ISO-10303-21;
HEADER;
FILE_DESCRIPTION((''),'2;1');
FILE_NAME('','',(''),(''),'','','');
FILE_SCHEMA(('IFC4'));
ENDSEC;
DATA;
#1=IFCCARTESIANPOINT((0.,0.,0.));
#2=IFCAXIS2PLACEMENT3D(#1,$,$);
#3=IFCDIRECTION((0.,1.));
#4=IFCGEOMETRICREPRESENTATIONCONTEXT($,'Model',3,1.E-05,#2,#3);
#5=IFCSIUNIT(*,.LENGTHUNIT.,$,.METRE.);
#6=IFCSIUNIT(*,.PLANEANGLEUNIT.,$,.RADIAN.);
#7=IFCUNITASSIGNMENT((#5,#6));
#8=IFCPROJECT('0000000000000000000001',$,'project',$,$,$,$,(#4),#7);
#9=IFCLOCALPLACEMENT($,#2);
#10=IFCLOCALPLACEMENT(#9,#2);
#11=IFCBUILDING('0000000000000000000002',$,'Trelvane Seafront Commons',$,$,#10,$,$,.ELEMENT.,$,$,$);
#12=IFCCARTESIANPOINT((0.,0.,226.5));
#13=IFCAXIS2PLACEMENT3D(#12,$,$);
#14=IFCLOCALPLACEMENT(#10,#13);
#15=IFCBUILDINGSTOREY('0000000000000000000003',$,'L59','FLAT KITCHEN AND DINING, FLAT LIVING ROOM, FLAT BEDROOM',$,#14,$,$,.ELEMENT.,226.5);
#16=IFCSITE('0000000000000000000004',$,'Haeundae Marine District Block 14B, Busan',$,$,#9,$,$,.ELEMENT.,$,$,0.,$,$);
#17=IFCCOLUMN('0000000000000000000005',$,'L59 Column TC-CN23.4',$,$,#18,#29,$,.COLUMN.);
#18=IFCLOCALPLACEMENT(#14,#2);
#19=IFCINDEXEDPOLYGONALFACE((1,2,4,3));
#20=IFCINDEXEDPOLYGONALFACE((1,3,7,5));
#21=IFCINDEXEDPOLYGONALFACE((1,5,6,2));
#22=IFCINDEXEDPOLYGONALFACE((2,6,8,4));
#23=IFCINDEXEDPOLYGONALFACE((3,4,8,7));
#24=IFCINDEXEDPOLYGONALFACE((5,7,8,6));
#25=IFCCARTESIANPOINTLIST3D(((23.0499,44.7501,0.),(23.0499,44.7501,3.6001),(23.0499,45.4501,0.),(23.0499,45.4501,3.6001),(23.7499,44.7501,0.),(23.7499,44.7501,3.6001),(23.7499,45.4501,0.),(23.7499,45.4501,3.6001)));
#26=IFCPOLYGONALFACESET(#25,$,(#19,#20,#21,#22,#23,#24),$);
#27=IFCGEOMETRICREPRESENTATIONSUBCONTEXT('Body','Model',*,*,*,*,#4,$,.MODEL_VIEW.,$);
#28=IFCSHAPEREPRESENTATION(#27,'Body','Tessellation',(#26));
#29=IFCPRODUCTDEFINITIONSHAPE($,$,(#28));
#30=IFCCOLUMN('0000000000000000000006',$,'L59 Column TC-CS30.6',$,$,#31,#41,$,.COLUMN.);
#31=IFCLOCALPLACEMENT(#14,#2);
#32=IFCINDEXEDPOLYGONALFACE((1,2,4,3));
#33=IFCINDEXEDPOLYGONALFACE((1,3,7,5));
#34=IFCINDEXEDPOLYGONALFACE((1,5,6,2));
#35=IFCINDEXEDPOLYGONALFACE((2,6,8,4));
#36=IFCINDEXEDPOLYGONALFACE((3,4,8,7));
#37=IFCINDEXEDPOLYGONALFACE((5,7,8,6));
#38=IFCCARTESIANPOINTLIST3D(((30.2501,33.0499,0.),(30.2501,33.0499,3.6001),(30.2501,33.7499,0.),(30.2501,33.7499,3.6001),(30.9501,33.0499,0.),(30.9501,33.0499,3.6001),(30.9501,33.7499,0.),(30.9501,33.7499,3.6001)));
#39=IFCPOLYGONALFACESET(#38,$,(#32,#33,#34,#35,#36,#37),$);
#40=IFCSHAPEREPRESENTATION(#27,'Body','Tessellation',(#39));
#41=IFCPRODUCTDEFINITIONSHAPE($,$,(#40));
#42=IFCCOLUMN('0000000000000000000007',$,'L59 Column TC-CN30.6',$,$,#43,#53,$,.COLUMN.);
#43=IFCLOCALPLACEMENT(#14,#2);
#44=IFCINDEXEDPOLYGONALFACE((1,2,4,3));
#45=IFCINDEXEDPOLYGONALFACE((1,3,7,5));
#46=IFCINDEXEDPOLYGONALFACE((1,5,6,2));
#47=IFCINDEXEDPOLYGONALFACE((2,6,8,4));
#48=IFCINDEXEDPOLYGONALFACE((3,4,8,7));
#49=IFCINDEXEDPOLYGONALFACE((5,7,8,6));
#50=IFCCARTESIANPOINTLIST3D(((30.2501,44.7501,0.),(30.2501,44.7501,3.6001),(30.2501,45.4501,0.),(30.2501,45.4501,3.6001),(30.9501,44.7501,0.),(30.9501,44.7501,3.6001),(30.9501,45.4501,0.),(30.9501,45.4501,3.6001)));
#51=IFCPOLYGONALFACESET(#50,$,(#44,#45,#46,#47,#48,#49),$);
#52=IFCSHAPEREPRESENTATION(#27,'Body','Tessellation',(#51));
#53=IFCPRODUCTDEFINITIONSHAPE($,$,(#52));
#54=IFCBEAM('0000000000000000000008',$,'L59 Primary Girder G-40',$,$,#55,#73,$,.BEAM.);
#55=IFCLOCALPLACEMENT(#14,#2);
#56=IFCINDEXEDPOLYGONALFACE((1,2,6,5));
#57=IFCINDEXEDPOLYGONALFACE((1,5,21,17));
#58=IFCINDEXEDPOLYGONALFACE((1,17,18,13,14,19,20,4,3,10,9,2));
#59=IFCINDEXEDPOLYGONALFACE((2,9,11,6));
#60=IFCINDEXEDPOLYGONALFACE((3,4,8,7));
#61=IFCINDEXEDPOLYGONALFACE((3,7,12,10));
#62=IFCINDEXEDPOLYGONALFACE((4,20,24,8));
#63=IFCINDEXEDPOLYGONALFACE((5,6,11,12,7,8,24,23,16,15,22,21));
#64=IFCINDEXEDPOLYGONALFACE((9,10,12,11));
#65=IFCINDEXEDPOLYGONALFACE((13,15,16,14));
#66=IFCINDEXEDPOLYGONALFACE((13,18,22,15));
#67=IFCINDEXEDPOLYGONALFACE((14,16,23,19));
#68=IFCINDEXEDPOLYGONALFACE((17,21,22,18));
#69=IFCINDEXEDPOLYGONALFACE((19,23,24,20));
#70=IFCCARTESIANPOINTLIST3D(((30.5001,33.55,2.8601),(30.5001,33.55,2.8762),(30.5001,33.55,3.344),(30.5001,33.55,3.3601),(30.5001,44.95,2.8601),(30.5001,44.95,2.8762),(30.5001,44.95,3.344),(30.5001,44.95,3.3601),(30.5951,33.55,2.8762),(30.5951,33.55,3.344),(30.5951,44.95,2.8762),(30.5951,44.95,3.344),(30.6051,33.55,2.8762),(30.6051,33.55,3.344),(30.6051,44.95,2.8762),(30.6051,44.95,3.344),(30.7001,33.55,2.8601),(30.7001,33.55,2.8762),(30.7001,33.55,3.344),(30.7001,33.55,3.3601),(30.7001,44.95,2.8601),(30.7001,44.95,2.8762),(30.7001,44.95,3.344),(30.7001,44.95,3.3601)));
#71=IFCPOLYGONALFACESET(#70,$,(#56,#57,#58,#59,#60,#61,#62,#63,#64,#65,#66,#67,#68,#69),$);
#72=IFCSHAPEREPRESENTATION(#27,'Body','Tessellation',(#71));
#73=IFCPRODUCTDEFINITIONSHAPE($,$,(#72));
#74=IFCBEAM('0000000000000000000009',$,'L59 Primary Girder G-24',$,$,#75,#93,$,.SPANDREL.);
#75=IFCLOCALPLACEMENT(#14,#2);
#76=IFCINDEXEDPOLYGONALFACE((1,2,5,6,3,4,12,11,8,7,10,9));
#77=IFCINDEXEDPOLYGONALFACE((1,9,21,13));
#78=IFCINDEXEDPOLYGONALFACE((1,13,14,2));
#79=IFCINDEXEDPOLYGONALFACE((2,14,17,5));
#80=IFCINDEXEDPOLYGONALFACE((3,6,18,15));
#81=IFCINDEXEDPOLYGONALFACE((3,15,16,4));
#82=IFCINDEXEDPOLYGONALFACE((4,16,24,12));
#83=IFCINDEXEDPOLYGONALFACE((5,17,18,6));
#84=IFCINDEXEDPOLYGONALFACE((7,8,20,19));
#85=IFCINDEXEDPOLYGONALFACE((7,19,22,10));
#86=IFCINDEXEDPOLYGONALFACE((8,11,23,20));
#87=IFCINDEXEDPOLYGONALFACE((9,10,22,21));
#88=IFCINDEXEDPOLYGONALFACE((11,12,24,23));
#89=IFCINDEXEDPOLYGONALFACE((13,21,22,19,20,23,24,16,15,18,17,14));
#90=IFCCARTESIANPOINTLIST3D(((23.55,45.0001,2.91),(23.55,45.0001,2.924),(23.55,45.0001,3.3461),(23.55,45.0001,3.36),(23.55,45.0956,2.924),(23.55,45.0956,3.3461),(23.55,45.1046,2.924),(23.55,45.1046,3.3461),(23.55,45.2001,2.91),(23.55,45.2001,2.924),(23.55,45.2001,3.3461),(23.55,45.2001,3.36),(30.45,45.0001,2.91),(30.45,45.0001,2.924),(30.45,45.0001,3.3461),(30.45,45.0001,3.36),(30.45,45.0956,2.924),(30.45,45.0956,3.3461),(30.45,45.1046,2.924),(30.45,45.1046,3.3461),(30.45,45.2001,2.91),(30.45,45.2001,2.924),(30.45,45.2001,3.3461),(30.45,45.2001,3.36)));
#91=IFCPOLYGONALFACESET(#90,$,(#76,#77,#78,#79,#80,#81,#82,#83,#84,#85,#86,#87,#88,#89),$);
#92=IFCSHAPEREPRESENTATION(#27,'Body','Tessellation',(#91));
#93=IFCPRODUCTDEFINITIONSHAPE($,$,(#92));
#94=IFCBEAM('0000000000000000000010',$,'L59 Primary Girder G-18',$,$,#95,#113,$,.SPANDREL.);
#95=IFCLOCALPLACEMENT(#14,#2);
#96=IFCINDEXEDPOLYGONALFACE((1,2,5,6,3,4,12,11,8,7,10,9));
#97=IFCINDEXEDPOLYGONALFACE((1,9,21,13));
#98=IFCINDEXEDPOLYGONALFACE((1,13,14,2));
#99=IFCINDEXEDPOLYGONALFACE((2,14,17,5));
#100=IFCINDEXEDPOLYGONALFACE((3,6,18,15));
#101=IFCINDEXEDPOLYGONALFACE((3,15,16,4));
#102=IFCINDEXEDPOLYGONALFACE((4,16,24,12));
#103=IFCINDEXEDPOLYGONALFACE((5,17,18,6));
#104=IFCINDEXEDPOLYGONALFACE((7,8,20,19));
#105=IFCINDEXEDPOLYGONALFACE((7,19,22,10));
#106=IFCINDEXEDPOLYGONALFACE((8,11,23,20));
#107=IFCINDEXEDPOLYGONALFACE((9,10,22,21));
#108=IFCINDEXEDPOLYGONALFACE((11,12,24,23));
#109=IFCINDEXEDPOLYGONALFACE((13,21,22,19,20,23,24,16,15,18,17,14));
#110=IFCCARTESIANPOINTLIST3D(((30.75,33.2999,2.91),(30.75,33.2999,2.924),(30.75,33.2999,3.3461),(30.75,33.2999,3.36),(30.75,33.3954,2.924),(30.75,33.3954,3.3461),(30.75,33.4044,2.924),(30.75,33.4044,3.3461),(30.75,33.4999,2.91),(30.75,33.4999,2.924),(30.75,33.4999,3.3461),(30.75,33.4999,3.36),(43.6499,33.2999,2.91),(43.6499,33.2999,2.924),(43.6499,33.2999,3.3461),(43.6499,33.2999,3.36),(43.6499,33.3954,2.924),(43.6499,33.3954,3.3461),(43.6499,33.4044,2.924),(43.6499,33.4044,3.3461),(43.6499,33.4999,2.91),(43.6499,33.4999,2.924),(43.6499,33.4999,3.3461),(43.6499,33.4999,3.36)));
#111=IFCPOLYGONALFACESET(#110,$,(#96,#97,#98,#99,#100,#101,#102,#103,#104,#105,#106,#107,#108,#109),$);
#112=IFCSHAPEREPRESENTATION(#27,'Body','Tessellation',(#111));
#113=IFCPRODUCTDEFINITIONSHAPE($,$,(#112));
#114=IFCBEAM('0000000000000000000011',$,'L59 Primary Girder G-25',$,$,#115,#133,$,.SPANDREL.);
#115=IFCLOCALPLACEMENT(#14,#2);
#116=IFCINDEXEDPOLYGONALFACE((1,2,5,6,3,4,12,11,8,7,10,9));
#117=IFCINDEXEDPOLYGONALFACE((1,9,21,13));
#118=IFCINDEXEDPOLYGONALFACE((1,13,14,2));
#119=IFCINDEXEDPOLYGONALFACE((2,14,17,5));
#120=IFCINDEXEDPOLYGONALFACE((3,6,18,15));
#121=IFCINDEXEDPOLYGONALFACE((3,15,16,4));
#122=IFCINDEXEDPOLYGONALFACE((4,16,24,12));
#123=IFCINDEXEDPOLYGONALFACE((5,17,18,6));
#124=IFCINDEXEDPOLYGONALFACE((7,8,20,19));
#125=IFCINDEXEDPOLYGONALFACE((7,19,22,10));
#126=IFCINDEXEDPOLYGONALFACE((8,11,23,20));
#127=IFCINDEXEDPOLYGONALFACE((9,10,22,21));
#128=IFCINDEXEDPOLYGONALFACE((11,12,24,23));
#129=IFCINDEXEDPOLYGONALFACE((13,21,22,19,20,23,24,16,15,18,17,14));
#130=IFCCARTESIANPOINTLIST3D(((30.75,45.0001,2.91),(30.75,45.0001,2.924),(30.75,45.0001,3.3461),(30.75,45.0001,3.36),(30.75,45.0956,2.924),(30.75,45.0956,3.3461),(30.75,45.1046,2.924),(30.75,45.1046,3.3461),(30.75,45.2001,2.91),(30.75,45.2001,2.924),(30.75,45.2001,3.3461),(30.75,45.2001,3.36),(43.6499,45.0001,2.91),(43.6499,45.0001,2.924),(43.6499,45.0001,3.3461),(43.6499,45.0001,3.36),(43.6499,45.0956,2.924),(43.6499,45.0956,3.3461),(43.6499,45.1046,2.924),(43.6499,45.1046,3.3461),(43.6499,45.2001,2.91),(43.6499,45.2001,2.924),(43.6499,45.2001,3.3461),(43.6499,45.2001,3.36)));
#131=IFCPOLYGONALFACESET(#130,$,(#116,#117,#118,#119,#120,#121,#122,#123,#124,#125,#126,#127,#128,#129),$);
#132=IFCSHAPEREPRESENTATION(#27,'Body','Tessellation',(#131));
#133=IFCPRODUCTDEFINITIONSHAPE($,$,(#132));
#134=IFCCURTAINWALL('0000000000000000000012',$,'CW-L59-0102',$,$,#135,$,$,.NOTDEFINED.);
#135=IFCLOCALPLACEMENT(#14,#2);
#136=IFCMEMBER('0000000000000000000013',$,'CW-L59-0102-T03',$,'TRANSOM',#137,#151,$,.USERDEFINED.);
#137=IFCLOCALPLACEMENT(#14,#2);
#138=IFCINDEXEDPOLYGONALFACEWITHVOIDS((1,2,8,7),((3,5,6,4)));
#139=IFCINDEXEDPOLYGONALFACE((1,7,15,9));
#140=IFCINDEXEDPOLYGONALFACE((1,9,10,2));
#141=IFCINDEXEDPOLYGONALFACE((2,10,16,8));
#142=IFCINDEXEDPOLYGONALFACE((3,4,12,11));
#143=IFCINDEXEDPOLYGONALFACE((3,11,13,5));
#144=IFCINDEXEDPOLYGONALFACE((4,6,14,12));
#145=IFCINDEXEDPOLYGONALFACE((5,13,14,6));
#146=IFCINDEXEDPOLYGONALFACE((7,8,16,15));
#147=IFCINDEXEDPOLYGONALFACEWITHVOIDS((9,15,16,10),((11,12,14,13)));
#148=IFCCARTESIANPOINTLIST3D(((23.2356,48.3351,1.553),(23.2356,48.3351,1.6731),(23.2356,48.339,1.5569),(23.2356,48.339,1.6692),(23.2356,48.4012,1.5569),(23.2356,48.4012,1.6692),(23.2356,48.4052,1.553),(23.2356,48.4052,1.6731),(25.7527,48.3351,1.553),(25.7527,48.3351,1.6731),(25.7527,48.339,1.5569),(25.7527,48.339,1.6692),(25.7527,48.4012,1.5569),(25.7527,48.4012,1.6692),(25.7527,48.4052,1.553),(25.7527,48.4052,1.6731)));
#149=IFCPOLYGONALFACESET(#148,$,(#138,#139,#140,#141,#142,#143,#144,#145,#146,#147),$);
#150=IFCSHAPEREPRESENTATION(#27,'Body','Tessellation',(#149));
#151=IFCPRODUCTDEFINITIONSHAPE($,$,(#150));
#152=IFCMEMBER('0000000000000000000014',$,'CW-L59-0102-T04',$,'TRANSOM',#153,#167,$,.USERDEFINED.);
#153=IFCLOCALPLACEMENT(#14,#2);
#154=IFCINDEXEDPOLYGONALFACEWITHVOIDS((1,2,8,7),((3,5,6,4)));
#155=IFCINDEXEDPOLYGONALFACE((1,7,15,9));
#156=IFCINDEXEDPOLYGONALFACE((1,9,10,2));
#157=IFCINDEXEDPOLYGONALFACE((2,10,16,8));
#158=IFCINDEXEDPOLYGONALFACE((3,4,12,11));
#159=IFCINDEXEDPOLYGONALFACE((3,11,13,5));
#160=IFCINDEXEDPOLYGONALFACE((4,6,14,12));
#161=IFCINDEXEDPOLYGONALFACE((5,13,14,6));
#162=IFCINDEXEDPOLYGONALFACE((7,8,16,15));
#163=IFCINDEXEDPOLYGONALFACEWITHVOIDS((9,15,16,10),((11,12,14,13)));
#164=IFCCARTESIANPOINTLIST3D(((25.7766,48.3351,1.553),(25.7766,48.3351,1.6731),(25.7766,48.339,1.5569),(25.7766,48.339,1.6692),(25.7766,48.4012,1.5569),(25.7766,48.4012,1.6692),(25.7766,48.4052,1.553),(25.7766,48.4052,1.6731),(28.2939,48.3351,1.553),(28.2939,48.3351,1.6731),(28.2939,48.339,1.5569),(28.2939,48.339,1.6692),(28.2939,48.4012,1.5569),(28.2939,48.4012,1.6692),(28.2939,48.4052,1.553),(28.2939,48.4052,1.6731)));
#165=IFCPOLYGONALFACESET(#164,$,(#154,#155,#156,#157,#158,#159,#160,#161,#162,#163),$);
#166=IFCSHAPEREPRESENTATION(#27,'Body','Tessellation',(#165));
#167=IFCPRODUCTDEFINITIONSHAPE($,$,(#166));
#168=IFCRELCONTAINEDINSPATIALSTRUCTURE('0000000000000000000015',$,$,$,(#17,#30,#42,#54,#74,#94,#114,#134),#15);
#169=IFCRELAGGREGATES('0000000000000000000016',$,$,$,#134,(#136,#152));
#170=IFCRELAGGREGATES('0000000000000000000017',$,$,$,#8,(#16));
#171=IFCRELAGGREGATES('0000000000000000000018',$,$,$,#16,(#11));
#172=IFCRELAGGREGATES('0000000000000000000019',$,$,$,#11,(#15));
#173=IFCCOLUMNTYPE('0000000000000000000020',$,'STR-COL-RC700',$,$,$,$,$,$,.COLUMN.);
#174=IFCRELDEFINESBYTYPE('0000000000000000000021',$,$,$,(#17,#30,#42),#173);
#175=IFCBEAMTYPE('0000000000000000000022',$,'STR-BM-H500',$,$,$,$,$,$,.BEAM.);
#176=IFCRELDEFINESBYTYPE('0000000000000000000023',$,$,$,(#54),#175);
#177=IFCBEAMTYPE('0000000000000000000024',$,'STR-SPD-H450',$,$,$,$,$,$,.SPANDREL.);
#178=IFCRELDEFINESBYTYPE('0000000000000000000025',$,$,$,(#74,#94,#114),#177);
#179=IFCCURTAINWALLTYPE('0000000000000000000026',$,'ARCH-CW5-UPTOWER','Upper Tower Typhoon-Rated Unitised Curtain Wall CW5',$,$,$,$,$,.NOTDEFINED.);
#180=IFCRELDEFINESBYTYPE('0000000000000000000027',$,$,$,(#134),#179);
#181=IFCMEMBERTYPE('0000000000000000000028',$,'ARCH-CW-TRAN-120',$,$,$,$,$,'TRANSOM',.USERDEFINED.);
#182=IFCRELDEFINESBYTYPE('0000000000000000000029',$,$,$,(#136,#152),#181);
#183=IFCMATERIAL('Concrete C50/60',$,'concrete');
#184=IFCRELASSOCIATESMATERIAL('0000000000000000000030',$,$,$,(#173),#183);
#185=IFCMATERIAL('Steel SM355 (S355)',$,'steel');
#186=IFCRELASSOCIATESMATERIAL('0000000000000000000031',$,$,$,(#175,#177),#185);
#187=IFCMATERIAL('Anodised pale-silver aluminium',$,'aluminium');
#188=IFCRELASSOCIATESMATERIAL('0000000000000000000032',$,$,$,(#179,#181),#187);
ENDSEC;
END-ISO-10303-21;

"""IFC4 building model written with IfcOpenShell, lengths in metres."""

from ifc_helpers import new_model, si_unit, direction, frame, origin, origin_2d, place, context, subcontext, project, spatial, rectangle, hollow_rectangle, i_section, extrude, source, transform, mapped, material, material_profile, profile_set, type_object, element, aggregate, save


model = new_model("IFC4")

# Units and contexts
model_context = context("Model", 3, precision=1e-05, world=origin(), true_north=direction((0.0, 1.0)))
body_context = subcontext(model_context, "Body", "Model", "MODEL_VIEW")
ifc_project = project(units=[si_unit("LENGTHUNIT", "METRE"), si_unit("PLANEANGLEUNIT", "RADIAN")], contexts=[model_context])

# Site, building, storey
site_placement = place(None, origin())
site = spatial("IfcSite", under=ifc_project, at=site_placement, Name="Haeundae Marine District Block 14B, Busan", CompositionType="ELEMENT", RefElevation=0.0)
building_placement = place(site_placement, origin())
building = spatial("IfcBuilding", under=site, at=building_placement, Name="Trelvane Seafront Commons", CompositionType="ELEMENT")
storey_placement = place(building_placement, frame((0.0, 0.0, 226.5)))
storey = spatial("IfcBuildingStorey", under=building, at=storey_placement, Name="L59", Description="FLAT KITCHEN AND DINING, FLAT LIVING ROOM, FLAT BEDROOM", CompositionType="ELEMENT", Elevation=226.5)

# Columns
ifc_material_1 = material(Name="Concrete C50/60", Category="concrete")
ifc_material_profile_1 = material_profile(ifc_material_1, rectangle(XDim=0.7, YDim=0.7, at=origin_2d()), Name="RC-700x700")
ifc_profile_set_1 = profile_set([ifc_material_profile_1], Name="Concrete C50/60")
column_type = type_object("IfcColumnType", Name="STR-COL-RC700", PredefinedType="COLUMN", material=ifc_profile_set_1)
shared_shape_1 = source(origin(), body_context, "Body", "SweptSolid", [
    extrude(rectangle(XDim=0.7, YDim=0.7, at=origin_2d()), origin(), (0.0, 0.0, 1.0), 3.6001),
])
for number, where, z_axis, x_axis, name in (
    (1, (23.3999, 45.1001, 0.0), (0.0, 0.0, 1.0), (1.0, 0.0, 0.0), "L59 Column TC-CN23.4"),
    (2, (30.6001, 33.3999, 0.0), (0.0, 0.0, 1.0), (1.0, 0.0, 0.0), "L59 Column TC-CS30.6"),
    (3, (30.6001, 45.1001, 0.0), (0.0, 0.0, 1.0), (1.0, 0.0, 0.0), "L59 Column TC-CN30.6"),
):
    element("IfcColumn", number, at=place(storey_placement, frame(where, z_axis=z_axis, x_axis=x_axis)), inside=storey, type_object=column_type, Name=name, PredefinedType="COLUMN", context=body_context, shape_type="MappedRepresentation", body=[
        mapped(shared_shape_1, transform((0.0, 0.0, 0.0), x_axis=(1.0, 0.0, 0.0), y_axis=(0.0, 1.0, 0.0), z_axis=(0.0, 0.0, 1.0), scale=1.0)),
    ])

# Beams
ifc_material_2 = material(Name="Steel SM355 (S355)", Category="steel")
ifc_material_profile_2 = material_profile(ifc_material_2, i_section(OverallWidth=0.2, OverallDepth=0.5, WebThickness=0.01, FlangeThickness=0.0161, at=origin_2d()), Name="H-500x200x10x16")
ifc_profile_set_2 = profile_set([ifc_material_profile_2], Name="Steel SM355 (S355)")
beam_type_1 = type_object("IfcBeamType", Name="STR-BM-H500", PredefinedType="BEAM", material=ifc_profile_set_2)
shared_shape_2 = source(origin(), body_context, "Body", "SweptSolid", [
    extrude(i_section(OverallWidth=0.2, OverallDepth=0.5, WebThickness=0.01, FlangeThickness=0.0161, at=origin_2d()), origin(), (0.0, 0.0, 1.0), 11.3999),
])
beam_1_placement = place(storey_placement, frame((30.6001, 33.55, 3.1101), z_axis=(0.0, 1.0, 0.0), x_axis=(-1.0, 0.0, 0.0)))
element("IfcBeam", 4, at=beam_1_placement, inside=storey, type_object=beam_type_1, Name="L59 Primary Girder G-40", PredefinedType="BEAM", context=body_context, shape_type="MappedRepresentation", body=[
    mapped(shared_shape_2, transform((0.0, 0.0, 0.0), x_axis=(1.0, 0.0, 0.0), y_axis=(0.0, 1.0, 0.0), z_axis=(0.0, 0.0, 1.0), scale=1.0)),
])
ifc_material_profile_3 = material_profile(ifc_material_2, i_section(OverallWidth=0.2, OverallDepth=0.45, WebThickness=0.009, FlangeThickness=0.0139, at=origin_2d()), Name="H-450x200x9x14")
ifc_profile_set_3 = profile_set([ifc_material_profile_3], Name="Steel SM355 (S355)")
beam_type_2 = type_object("IfcBeamType", Name="STR-SPD-H450", PredefinedType="SPANDREL", material=ifc_profile_set_3)
shared_shape_3 = source(origin(), body_context, "Body", "SweptSolid", [
    extrude(i_section(OverallWidth=0.2, OverallDepth=0.45, WebThickness=0.009, FlangeThickness=0.0139, at=origin_2d()), origin(), (0.0, 0.0, 1.0), 6.8999),
])
beam_2_placement = place(storey_placement, frame((23.55, 45.1001, 3.135), z_axis=(1.0, 0.0, 0.0), x_axis=(0.0, 1.0, 0.0)))
element("IfcBeam", 5, at=beam_2_placement, inside=storey, type_object=beam_type_2, Name="L59 Primary Girder G-24", PredefinedType="SPANDREL", context=body_context, shape_type="MappedRepresentation", body=[
    mapped(shared_shape_3, transform((0.0, 0.0, 0.0), x_axis=(1.0, 0.0, 0.0), y_axis=(0.0, 1.0, 0.0), z_axis=(0.0, 0.0, 1.0), scale=1.0)),
])
shared_shape_4 = source(origin(), body_context, "Body", "SweptSolid", [
    extrude(i_section(OverallWidth=0.2, OverallDepth=0.45, WebThickness=0.009, FlangeThickness=0.0139, at=origin_2d()), origin(), (0.0, 0.0, 1.0), 12.8999),
])
for number, where, z_axis, x_axis, name in (
    (6, (30.75, 33.3999, 3.135), (1.0, 0.0, 0.0), (0.0, 1.0, 0.0), "L59 Primary Girder G-18"),
    (7, (30.75, 45.1001, 3.135), (1.0, 0.0, 0.0), (0.0, 1.0, 0.0), "L59 Primary Girder G-25"),
):
    element("IfcBeam", number, at=place(storey_placement, frame(where, z_axis=z_axis, x_axis=x_axis)), inside=storey, type_object=beam_type_2, Name=name, PredefinedType="SPANDREL", context=body_context, shape_type="MappedRepresentation", body=[
        mapped(shared_shape_4, transform((0.0, 0.0, 0.0), x_axis=(1.0, 0.0, 0.0), y_axis=(0.0, 1.0, 0.0), z_axis=(0.0, 0.0, 1.0), scale=1.0)),
    ])

# Curtain wall, members
ifc_material_3 = material(Name="Anodised pale-silver aluminium", Category="aluminium")
curtain_wall_type = type_object("IfcCurtainWallType", Name="ARCH-CW5-UPTOWER", Description="Upper Tower Typhoon-Rated Unitised Curtain Wall CW5", PredefinedType="NOTDEFINED", material=ifc_material_3)
curtain_wall_placement = place(storey_placement, origin())
curtain_wall = element("IfcCurtainWall", 8, at=curtain_wall_placement, inside=storey, type_object=curtain_wall_type, Name="CW-L59-0102", PredefinedType="NOTDEFINED")
ifc_material_profile_4 = material_profile(ifc_material_3, hollow_rectangle(XDim=0.0701, YDim=0.1201, WallThickness=0.0039, at=origin_2d()), Name="TRAN-70x120x4")
ifc_profile_set_4 = profile_set([ifc_material_profile_4], Name="Anodised pale-silver aluminium")
member_type_1 = type_object("IfcMemberType", Name="ARCH-CW-TRAN-120", ElementType="TRANSOM", PredefinedType="USERDEFINED", material=ifc_profile_set_4)
shared_shape_5 = source(origin(), body_context, "Body", "SweptSolid", [
    extrude(hollow_rectangle(XDim=0.0701, YDim=0.1201, WallThickness=0.0039, at=origin_2d()), origin(), (0.0, 0.0, 1.0), 2.5171),
])
member_1_placement = place(storey_placement, frame((23.2356, 48.3701, 1.613), z_axis=(1.0, 0.0, 0.0), x_axis=(0.0, 1.0, 0.0)))
member_1 = element("IfcMember", 9, at=member_1_placement, type_object=member_type_1, Name="CW-L59-0102-T03", ObjectType="TRANSOM", PredefinedType="USERDEFINED", context=body_context, shape_type="MappedRepresentation", body=[
    mapped(shared_shape_5, transform((0.0, 0.0, 0.0), x_axis=(1.0, 0.0, 0.0), y_axis=(0.0, 1.0, 0.0), z_axis=(0.0, 0.0, 1.0), scale=1.0)),
])
shared_shape_6 = source(origin(), body_context, "Body", "SweptSolid", [
    extrude(hollow_rectangle(XDim=0.0701, YDim=0.1201, WallThickness=0.0039, at=origin_2d()), origin(), (0.0, 0.0, 1.0), 2.5173),
])
member_2_placement = place(storey_placement, frame((25.7766, 48.3701, 1.613), z_axis=(1.0, 0.0, 0.0), x_axis=(0.0, 1.0, 0.0)))
member_2 = element("IfcMember", 10, at=member_2_placement, type_object=member_type_1, Name="CW-L59-0102-T04", ObjectType="TRANSOM", PredefinedType="USERDEFINED", context=body_context, shape_type="MappedRepresentation", body=[
    mapped(shared_shape_6, transform((0.0, 0.0, 0.0), x_axis=(1.0, 0.0, 0.0), y_axis=(0.0, 1.0, 0.0), z_axis=(0.0, 0.0, 1.0), scale=1.0)),
])
aggregate(curtain_wall, [member_1, member_2])

save(model, "model.ifc")
